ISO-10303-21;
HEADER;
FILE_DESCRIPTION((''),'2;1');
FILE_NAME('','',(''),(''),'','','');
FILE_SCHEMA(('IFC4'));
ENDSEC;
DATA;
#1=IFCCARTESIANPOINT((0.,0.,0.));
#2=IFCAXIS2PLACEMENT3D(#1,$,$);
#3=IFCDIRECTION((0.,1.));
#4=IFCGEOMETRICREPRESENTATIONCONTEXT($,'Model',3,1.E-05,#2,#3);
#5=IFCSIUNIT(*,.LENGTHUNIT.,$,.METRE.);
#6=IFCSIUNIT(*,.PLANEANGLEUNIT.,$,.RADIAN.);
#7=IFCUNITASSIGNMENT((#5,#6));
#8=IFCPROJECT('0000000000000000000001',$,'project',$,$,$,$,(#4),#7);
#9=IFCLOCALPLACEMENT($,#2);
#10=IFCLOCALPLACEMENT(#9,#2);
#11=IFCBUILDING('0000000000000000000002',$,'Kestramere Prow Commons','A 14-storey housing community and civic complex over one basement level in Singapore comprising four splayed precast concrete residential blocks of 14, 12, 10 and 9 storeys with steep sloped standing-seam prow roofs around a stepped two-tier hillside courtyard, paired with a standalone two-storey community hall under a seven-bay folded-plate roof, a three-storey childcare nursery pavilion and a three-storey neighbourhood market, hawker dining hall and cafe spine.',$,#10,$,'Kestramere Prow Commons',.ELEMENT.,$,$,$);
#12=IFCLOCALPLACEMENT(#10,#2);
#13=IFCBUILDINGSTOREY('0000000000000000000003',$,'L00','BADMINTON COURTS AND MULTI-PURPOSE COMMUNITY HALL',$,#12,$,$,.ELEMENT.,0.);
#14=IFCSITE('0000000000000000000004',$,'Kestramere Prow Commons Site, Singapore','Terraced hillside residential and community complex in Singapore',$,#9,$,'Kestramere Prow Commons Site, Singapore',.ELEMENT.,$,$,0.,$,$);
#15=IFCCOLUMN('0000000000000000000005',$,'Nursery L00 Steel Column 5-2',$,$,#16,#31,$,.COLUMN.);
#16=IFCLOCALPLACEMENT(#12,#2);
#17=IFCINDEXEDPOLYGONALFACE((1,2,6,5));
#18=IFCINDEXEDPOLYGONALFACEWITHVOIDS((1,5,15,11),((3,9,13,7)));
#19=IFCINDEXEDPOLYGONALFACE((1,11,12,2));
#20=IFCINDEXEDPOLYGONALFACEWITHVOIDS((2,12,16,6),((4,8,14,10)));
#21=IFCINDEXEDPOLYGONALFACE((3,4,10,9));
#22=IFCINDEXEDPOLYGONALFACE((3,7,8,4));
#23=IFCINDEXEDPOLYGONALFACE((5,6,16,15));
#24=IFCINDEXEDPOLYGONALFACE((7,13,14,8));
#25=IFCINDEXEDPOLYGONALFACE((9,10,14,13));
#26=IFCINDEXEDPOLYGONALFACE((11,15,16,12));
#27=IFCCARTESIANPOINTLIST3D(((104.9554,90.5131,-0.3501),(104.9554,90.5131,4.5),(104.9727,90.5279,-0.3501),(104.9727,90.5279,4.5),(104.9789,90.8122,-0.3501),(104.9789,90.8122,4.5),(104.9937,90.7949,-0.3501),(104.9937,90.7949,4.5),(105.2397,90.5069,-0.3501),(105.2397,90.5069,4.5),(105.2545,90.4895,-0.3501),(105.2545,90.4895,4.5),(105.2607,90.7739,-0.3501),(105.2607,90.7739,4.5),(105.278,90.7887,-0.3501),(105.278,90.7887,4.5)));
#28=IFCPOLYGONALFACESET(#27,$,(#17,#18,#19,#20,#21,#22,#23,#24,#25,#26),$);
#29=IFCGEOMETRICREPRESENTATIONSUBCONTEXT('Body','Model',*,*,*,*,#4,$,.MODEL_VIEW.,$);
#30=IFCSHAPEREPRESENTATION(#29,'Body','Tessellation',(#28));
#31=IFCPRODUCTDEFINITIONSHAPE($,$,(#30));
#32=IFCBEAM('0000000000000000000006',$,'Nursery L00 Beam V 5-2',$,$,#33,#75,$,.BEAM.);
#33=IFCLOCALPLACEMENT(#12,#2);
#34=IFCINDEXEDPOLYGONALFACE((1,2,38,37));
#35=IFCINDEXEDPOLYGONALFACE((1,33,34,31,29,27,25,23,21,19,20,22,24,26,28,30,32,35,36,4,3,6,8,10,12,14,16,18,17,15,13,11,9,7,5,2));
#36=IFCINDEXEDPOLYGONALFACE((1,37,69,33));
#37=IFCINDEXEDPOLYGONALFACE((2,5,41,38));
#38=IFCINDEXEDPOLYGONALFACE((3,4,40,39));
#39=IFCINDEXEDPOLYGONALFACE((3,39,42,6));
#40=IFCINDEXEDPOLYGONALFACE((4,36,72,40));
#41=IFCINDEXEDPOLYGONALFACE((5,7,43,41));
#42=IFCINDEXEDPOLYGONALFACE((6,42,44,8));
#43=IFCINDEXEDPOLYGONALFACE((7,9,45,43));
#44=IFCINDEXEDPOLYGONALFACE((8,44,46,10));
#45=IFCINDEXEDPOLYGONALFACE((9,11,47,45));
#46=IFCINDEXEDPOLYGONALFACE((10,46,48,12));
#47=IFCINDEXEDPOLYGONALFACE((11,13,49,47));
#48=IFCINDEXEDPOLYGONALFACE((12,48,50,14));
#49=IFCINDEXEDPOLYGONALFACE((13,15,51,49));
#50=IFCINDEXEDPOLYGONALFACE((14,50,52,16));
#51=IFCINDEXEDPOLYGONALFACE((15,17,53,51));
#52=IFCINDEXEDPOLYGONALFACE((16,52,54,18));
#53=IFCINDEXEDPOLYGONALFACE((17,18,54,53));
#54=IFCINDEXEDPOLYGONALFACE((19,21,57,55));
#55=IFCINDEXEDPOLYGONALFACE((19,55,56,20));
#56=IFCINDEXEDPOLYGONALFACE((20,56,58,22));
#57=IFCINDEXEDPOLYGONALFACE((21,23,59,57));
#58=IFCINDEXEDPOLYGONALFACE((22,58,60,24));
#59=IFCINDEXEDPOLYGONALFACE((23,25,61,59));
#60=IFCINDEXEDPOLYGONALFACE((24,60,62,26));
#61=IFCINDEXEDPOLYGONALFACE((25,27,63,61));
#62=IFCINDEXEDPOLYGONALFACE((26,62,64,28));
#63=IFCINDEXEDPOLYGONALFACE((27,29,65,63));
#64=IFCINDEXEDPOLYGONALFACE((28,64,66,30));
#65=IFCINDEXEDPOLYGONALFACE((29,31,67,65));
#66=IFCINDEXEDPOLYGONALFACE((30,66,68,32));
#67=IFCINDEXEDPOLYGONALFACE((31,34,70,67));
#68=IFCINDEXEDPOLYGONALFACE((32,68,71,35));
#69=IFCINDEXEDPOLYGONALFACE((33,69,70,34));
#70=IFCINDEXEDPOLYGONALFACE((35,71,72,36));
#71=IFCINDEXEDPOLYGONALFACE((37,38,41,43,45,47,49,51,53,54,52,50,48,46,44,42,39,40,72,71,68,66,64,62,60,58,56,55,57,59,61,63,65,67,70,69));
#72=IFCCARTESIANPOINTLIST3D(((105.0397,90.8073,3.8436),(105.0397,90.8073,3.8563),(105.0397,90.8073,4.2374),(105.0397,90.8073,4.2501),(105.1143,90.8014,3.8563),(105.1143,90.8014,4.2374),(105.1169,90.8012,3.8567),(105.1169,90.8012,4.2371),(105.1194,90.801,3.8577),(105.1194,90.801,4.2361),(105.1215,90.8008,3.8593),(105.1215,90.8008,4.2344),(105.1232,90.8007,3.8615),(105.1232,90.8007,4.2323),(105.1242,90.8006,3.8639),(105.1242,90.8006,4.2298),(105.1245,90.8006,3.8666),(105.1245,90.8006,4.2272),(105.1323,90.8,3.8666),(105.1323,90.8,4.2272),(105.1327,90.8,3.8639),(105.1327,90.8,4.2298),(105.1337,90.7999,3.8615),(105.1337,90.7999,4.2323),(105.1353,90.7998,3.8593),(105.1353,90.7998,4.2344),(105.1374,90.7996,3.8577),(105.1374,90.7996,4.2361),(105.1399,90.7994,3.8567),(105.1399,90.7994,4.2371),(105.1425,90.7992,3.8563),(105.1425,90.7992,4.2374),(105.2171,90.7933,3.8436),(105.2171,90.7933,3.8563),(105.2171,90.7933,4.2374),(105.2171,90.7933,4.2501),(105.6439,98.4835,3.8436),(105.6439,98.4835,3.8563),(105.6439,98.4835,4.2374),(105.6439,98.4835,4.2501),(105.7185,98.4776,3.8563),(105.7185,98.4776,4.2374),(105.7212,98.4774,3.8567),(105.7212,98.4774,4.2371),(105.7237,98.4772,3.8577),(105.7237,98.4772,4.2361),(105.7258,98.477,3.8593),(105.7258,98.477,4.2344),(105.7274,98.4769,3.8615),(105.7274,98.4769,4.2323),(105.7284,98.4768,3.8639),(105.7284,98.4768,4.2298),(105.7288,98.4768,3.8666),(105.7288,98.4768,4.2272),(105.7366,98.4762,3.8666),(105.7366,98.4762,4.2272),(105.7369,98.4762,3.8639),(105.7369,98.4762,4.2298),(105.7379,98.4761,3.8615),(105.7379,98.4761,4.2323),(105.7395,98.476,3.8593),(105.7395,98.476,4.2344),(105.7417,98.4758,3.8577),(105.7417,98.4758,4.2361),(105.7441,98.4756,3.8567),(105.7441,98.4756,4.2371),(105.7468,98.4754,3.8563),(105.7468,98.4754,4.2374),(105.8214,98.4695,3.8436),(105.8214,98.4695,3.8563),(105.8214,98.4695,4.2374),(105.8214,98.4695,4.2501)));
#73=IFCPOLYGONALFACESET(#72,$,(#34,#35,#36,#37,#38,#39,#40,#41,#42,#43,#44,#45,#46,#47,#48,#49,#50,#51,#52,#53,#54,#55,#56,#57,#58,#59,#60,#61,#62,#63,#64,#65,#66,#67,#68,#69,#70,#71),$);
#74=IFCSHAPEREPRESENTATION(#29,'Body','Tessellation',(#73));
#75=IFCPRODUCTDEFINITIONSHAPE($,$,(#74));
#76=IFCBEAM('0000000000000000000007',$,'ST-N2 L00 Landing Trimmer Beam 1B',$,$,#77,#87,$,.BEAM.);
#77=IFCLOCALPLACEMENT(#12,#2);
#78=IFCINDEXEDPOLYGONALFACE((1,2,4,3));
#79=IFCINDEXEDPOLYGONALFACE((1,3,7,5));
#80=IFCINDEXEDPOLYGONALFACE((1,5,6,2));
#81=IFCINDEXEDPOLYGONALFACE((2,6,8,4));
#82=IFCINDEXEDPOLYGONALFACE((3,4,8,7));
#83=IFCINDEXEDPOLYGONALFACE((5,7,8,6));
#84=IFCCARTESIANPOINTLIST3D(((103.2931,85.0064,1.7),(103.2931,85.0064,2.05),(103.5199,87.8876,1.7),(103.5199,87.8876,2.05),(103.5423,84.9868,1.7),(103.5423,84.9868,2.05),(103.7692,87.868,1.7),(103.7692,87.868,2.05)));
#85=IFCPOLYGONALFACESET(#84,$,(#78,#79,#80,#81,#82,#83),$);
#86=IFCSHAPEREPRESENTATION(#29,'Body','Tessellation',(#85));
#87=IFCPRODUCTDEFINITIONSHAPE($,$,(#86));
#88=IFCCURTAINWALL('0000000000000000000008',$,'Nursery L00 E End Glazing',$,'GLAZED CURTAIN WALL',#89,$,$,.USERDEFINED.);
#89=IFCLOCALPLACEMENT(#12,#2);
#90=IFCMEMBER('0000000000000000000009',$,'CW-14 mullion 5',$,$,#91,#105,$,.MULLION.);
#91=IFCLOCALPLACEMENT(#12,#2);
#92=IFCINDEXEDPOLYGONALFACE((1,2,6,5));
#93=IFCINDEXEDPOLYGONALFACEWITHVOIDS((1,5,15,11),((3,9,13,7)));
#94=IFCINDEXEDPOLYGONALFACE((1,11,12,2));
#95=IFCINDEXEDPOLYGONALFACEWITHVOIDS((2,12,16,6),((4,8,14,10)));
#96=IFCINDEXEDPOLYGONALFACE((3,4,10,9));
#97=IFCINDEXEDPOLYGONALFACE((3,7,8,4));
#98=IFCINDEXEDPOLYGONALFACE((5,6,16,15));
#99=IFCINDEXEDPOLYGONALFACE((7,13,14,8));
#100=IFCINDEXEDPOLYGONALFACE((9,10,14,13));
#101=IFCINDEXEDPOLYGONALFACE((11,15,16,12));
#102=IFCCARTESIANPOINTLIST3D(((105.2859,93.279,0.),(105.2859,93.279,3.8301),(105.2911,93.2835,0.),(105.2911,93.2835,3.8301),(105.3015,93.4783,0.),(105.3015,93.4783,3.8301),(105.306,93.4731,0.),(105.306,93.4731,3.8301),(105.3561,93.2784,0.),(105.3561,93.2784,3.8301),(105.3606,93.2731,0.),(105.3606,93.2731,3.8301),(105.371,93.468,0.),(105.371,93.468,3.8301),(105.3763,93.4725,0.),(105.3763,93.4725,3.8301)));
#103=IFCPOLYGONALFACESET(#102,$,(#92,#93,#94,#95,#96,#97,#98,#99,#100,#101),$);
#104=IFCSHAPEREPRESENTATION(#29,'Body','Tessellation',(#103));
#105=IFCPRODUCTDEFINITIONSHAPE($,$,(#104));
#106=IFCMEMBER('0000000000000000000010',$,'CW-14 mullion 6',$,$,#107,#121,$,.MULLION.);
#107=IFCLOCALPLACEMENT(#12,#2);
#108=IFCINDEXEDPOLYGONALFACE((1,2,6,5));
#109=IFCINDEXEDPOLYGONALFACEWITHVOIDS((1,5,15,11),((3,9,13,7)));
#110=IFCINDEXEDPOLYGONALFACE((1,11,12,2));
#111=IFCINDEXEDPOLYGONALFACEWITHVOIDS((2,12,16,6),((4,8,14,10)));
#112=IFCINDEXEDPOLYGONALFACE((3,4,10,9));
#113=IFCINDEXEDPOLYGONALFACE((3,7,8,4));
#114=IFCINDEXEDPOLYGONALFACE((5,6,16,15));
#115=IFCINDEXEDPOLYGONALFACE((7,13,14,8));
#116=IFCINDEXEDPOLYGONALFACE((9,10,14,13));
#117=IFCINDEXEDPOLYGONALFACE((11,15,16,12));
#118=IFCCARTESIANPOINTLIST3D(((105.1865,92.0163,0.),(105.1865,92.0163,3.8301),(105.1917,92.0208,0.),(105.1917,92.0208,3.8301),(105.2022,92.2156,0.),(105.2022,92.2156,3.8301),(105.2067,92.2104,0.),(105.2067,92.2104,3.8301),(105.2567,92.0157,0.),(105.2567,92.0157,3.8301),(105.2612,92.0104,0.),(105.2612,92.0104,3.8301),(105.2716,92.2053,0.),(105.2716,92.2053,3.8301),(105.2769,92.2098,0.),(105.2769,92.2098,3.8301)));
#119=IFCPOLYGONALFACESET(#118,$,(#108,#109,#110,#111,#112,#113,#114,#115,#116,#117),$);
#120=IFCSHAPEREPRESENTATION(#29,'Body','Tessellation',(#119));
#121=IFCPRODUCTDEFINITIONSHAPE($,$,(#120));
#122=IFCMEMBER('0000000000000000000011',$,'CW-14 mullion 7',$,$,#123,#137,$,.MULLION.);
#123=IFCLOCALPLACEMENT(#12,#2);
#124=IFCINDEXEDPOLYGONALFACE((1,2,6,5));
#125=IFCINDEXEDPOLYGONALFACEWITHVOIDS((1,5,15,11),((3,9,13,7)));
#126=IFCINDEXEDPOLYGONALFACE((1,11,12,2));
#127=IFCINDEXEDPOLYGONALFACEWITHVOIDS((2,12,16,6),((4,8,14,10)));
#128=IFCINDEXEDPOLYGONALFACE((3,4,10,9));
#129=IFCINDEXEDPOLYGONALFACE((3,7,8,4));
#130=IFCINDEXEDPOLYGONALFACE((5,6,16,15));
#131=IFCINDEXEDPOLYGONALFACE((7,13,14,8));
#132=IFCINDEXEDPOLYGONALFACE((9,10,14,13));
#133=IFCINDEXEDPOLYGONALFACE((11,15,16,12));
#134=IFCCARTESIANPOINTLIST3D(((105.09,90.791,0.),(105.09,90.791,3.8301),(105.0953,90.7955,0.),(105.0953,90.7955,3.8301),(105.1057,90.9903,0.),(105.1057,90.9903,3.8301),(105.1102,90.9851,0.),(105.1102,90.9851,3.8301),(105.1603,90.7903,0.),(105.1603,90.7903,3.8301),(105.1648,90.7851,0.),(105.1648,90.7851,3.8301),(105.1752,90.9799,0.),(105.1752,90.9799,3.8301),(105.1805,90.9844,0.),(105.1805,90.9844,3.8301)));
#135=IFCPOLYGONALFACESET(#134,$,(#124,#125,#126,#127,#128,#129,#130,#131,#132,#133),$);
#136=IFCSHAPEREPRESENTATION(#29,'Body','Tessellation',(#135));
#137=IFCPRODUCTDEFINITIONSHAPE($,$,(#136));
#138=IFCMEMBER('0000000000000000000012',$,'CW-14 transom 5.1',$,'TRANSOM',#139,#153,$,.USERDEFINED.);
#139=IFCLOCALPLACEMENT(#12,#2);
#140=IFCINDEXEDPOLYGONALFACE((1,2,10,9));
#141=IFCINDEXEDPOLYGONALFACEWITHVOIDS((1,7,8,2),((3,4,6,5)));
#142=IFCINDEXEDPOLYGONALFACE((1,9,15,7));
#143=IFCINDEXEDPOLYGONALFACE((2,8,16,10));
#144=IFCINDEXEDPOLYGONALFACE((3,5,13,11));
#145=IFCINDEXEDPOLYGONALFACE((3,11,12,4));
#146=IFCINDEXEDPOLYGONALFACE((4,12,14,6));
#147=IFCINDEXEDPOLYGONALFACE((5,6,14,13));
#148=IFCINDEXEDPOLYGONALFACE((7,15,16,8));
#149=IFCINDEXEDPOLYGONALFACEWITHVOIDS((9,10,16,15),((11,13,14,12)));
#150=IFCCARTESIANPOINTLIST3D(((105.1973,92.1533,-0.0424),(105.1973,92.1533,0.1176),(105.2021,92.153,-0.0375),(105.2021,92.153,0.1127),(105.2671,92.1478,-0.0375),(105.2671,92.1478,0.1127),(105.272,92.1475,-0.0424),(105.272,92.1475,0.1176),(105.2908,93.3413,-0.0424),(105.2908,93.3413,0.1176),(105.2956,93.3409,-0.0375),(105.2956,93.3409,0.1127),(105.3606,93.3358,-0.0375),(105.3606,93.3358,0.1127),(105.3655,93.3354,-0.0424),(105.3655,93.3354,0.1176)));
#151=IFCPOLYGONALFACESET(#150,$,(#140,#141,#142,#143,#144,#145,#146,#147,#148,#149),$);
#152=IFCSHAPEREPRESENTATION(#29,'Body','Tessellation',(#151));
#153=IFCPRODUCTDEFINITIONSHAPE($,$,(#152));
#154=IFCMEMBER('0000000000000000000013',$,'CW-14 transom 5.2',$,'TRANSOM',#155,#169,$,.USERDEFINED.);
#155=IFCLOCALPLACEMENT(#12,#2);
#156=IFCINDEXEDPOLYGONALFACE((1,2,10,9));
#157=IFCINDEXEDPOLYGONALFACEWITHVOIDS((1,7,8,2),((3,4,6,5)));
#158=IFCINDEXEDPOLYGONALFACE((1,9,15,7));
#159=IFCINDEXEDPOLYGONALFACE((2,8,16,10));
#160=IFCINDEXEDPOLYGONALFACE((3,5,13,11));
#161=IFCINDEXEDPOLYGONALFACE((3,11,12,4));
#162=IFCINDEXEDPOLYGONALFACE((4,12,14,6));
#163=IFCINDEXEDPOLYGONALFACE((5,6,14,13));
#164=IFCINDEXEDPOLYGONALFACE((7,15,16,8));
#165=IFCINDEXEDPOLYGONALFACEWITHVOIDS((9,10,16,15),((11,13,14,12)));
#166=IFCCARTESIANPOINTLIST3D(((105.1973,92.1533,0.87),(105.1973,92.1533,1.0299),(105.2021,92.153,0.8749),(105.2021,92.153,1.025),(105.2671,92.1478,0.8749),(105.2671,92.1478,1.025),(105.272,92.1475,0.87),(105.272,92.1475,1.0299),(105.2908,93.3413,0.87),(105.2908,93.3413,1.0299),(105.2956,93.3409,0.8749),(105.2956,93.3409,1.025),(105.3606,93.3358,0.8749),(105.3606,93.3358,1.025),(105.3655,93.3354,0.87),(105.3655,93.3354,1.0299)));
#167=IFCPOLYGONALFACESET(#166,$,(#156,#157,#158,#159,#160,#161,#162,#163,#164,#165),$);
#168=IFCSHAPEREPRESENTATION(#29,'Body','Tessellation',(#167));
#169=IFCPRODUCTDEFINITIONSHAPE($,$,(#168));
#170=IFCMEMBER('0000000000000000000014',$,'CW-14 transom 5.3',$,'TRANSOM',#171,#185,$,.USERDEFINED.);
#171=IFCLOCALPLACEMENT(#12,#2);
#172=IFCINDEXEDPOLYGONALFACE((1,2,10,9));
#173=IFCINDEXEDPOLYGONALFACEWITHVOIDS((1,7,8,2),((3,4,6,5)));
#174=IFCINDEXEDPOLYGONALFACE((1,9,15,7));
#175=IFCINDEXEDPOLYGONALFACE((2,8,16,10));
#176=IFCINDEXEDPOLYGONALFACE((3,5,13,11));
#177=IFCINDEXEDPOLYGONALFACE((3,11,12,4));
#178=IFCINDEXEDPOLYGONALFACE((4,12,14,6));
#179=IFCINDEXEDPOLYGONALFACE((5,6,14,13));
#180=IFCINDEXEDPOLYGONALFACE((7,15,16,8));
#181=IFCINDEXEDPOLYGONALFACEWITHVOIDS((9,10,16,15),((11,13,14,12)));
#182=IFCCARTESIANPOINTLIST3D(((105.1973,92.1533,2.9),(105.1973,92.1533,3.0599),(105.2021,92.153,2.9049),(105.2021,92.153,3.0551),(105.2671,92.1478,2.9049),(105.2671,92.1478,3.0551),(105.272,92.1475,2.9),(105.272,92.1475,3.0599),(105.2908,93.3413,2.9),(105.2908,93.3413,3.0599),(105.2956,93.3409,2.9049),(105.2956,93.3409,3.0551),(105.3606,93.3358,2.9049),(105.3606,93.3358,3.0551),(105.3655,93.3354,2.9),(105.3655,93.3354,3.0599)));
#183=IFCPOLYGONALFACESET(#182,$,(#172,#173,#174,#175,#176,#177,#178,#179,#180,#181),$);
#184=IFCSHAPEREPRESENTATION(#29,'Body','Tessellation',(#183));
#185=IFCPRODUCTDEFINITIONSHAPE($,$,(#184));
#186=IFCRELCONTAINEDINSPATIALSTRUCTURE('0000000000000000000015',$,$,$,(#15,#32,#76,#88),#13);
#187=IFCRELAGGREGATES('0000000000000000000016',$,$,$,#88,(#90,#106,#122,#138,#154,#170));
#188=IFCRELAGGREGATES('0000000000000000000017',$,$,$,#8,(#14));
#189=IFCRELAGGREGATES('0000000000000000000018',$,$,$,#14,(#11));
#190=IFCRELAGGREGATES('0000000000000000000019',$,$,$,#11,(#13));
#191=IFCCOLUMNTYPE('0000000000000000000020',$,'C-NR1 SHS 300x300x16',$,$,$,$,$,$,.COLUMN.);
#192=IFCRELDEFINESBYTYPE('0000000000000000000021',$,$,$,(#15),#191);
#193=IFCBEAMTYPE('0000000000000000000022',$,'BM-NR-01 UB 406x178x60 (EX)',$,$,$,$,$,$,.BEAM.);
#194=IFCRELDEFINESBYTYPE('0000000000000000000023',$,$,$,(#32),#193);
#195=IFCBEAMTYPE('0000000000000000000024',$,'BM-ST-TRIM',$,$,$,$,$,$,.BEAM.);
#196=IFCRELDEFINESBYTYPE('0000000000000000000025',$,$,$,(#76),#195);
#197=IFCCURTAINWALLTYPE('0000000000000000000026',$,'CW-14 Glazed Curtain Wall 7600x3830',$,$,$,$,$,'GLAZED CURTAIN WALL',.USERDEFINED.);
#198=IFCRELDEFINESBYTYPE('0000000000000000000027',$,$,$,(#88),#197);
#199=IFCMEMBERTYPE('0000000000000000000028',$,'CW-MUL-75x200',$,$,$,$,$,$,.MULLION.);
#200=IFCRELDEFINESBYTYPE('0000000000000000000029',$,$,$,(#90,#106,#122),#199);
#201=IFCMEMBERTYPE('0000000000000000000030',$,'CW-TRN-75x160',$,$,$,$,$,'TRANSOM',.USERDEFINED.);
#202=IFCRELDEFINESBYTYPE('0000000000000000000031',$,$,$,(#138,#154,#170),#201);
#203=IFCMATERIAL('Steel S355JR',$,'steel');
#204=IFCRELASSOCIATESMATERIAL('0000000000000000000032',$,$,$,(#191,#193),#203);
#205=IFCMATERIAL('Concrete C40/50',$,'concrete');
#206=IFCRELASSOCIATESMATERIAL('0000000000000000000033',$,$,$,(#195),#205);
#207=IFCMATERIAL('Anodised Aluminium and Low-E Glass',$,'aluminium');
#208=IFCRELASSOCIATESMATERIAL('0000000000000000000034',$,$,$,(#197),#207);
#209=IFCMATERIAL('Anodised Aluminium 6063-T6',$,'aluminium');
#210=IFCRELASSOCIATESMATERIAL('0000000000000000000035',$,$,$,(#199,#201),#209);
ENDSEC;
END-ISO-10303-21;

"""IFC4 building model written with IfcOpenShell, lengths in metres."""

from ifc_helpers import new_model, si_unit, direction, frame, origin, origin_2d, place, context, subcontext, project, spatial, rectangle, hollow_rectangle, i_section, extrude, material, material_profile, profile_set, type_object, element, aggregate, save


model = new_model("IFC4")

# Units and contexts
model_context = context("Model", 3, precision=1e-05, world=origin(), true_north=direction((0.0, 1.0)))
body_context = subcontext(model_context, "Body", "Model", "MODEL_VIEW")
ifc_project = project(units=[si_unit("LENGTHUNIT", "METRE"), si_unit("PLANEANGLEUNIT", "RADIAN")], contexts=[model_context])

# Site, building, storey
site_placement = place(None, origin())
site = spatial("IfcSite", under=ifc_project, at=site_placement, Name="Kestramere Prow Commons Site, Singapore", Description="Terraced hillside residential and community complex in Singapore", LongName="Kestramere Prow Commons Site, Singapore", CompositionType="ELEMENT", RefElevation=0.0)
building_placement = place(site_placement, origin())
building = spatial("IfcBuilding", under=site, at=building_placement, Name="Kestramere Prow Commons", Description="A 14-storey housing community and civic complex over one basement level in Singapore comprising four splayed precast concrete residential blocks of 14, 12, 10 and 9 storeys with steep sloped standing-seam prow roofs around a stepped two-tier hillside courtyard, paired with a standalone two-storey community hall under a seven-bay folded-plate roof, a three-storey childcare nursery pavilion and a three-storey neighbourhood market, hawker dining hall and cafe spine.", LongName="Kestramere Prow Commons", CompositionType="ELEMENT")
storey_placement = place(building_placement, origin())
storey = spatial("IfcBuildingStorey", under=building, at=storey_placement, Name="L00", Description="BADMINTON COURTS AND MULTI-PURPOSE COMMUNITY HALL", CompositionType="ELEMENT", Elevation=0.0)

# Column
ifc_material_1 = material(Name="Steel S355JR", Category="steel")
ifc_material_profile_1 = material_profile(ifc_material_1, hollow_rectangle(XDim=0.3, YDim=0.3, WallThickness=0.0161, at=origin_2d()), Name="SHS 300x300x16")
ifc_profile_set_1 = profile_set([ifc_material_profile_1], Name="Steel S355JR")
column_type_1 = type_object("IfcColumnType", Name="C-NR1 SHS 300x300x16", PredefinedType="COLUMN", material=ifc_profile_set_1)
column_1_placement = place(storey_placement, frame((105.1167, 90.6509, -0.3501), z_axis=(0.0, 0.0, 1.0), x_axis=(0.996917, -0.078459, 0.0)))
element("IfcColumn", 1, at=column_1_placement, inside=storey, type_object=column_type_1, Name="Nursery L00 Steel Column 5-2", PredefinedType="COLUMN", context=body_context, shape_type="SweptSolid", body=[
    extrude(hollow_rectangle(XDim=0.3, YDim=0.3, WallThickness=0.0161, at=origin_2d()), origin(), (0.0, 0.0, 1.0), 4.8501),
])

# Beams
ifc_material_profile_2 = material_profile(ifc_material_1, i_section(OverallWidth=0.178, OverallDepth=0.4065, WebThickness=0.0078, FlangeThickness=0.0127, FilletRadius=0.0103, at=origin_2d()), Name="UB 406x178x60")
ifc_profile_set_2 = profile_set([ifc_material_profile_2], Name="Steel S355JR")
beam_type_1 = type_object("IfcBeamType", Name="BM-NR-01 UB 406x178x60 (EX)", PredefinedType="BEAM", material=ifc_profile_set_2)
beam_1_placement = place(storey_placement, frame((105.1284, 90.8003, 4.0469), z_axis=(0.078474, 0.996916, 0.0), x_axis=(-0.996916, 0.078474, 0.0)))
element("IfcBeam", 2, at=beam_1_placement, inside=storey, type_object=beam_type_1, Name="Nursery L00 Beam V 5-2", PredefinedType="BEAM", context=body_context, shape_type="SweptSolid", body=[
    extrude(i_section(OverallWidth=0.178, OverallDepth=0.4065, WebThickness=0.0078, FlangeThickness=0.0127, FilletRadius=0.0103, at=origin_2d()), origin(), (0.0, 0.0, 1.0), 7.7),
])
ifc_material_2 = material(Name="Concrete C40/50", Category="concrete")
ifc_material_profile_3 = material_profile(ifc_material_2, rectangle(XDim=0.25, YDim=0.3501, at=origin_2d()), Name="PC-BM 250x350")
ifc_profile_set_3 = profile_set([ifc_material_profile_3], Name="Concrete C40/50")
beam_type_2 = type_object("IfcBeamType", Name="BM-ST-TRIM", PredefinedType="BEAM", material=ifc_profile_set_3)
beam_2_placement = place(storey_placement, frame((103.4177, 84.9966, 1.875), z_axis=(0.078479, 0.996916, 0.0), x_axis=(-0.996916, 0.078479, 0.0)))
element("IfcBeam", 3, at=beam_2_placement, inside=storey, type_object=beam_type_2, Name="ST-N2 L00 Landing Trimmer Beam 1B", PredefinedType="BEAM", context=body_context, shape_type="SweptSolid", body=[
    extrude(rectangle(XDim=0.25, YDim=0.3501, at=origin_2d()), origin(), (0.0, 0.0, 1.0), 2.8901),
])

# Curtain wall, members
ifc_material_3 = material(Name="Anodised Aluminium and Low-E Glass", Category="aluminium")
curtain_wall_type = type_object("IfcCurtainWallType", Name="CW-14 Glazed Curtain Wall 7600x3830", ElementType="GLAZED CURTAIN WALL", PredefinedType="USERDEFINED", material=ifc_material_3)
curtain_wall_placement = place(storey_placement, origin())
curtain_wall = element("IfcCurtainWall", 4, at=curtain_wall_placement, inside=storey, type_object=curtain_wall_type, Name="Nursery L00 E End Glazing", ObjectType="GLAZED CURTAIN WALL", PredefinedType="USERDEFINED")
ifc_material_4 = material(Name="Anodised Aluminium 6063-T6", Category="aluminium")
ifc_material_profile_4 = material_profile(ifc_material_4, hollow_rectangle(XDim=0.075, YDim=0.2, WallThickness=0.0049, at=origin_2d()), Name="ALU-MUL 75x200")
ifc_profile_set_4 = profile_set([ifc_material_profile_4], Name="Anodised Aluminium 6063-T6")
member_type_1 = type_object("IfcMemberType", Name="CW-MUL-75x200", PredefinedType="MULLION", material=ifc_profile_set_4)
member_1_placement = place(storey_placement, frame((105.3311, 93.3757, 0.0), z_axis=(0.0, 0.0, 1.0), x_axis=(0.996917, -0.078459, 0.0)))
member_1 = element("IfcMember", 5, at=member_1_placement, type_object=member_type_1, Name="CW-14 mullion 5", PredefinedType="MULLION", context=body_context, shape_type="SweptSolid", body=[
    extrude(hollow_rectangle(XDim=0.075, YDim=0.2, WallThickness=0.0049, at=origin_2d()), origin(), (0.0, 0.0, 1.0), 3.8301),
])
member_2_placement = place(storey_placement, frame((105.2317, 92.113, 0.0), z_axis=(0.0, 0.0, 1.0), x_axis=(0.996917, -0.078459, 0.0)))
member_2 = element("IfcMember", 6, at=member_2_placement, type_object=member_type_1, Name="CW-14 mullion 6", PredefinedType="MULLION", context=body_context, shape_type="SweptSolid", body=[
    extrude(hollow_rectangle(XDim=0.075, YDim=0.2, WallThickness=0.0049, at=origin_2d()), origin(), (0.0, 0.0, 1.0), 3.8301),
])
member_3_placement = place(storey_placement, frame((105.1353, 90.8877, 0.0), z_axis=(0.0, 0.0, 1.0), x_axis=(0.996917, -0.078459, 0.0)))
member_3 = element("IfcMember", 7, at=member_3_placement, type_object=member_type_1, Name="CW-14 mullion 7", PredefinedType="MULLION", context=body_context, shape_type="SweptSolid", body=[
    extrude(hollow_rectangle(XDim=0.075, YDim=0.2, WallThickness=0.0049, at=origin_2d()), origin(), (0.0, 0.0, 1.0), 3.8301),
])
ifc_material_profile_5 = material_profile(ifc_material_4, hollow_rectangle(XDim=0.075, YDim=0.1599, WallThickness=0.0049, at=origin_2d()), Name="ALU-TRN 75x160")
ifc_profile_set_5 = profile_set([ifc_material_profile_5], Name="Anodised Aluminium 6063-T6")
member_type_2 = type_object("IfcMemberType", Name="CW-TRN-75x160", ElementType="TRANSOM", PredefinedType="USERDEFINED", material=ifc_profile_set_5)
member_4_placement = place(storey_placement, frame((105.3281, 93.3384, 0.0376), z_axis=(-0.078467, -0.996917, 0.0), x_axis=(0.996917, -0.078467, 0.0)))
member_4 = element("IfcMember", 8, at=member_4_placement, type_object=member_type_2, Name="CW-14 transom 5.1", ObjectType="TRANSOM", PredefinedType="USERDEFINED", context=body_context, shape_type="SweptSolid", body=[
    extrude(hollow_rectangle(XDim=0.075, YDim=0.1599, WallThickness=0.0049, at=origin_2d()), origin(), (0.0, 0.0, 1.0), 1.1917),
])
member_5_placement = place(storey_placement, frame((105.3281, 93.3384, 0.95), z_axis=(-0.078467, -0.996917, 0.0), x_axis=(0.996917, -0.078467, 0.0)))
member_5 = element("IfcMember", 9, at=member_5_placement, type_object=member_type_2, Name="CW-14 transom 5.2", ObjectType="TRANSOM", PredefinedType="USERDEFINED", context=body_context, shape_type="SweptSolid", body=[
    extrude(hollow_rectangle(XDim=0.075, YDim=0.1599, WallThickness=0.0049, at=origin_2d()), origin(), (0.0, 0.0, 1.0), 1.1917),
])
member_6_placement = place(storey_placement, frame((105.3281, 93.3384, 2.98), z_axis=(-0.078467, -0.996917, 0.0), x_axis=(0.996917, -0.078467, 0.0)))
member_6 = element("IfcMember", 10, at=member_6_placement, type_object=member_type_2, Name="CW-14 transom 5.3", ObjectType="TRANSOM", PredefinedType="USERDEFINED", context=body_context, shape_type="SweptSolid", body=[
    extrude(hollow_rectangle(XDim=0.075, YDim=0.1599, WallThickness=0.0049, at=origin_2d()), origin(), (0.0, 0.0, 1.0), 1.1917),
])
aggregate(curtain_wall, [member_1, member_2, member_3, member_4, member_5, member_6])

save(model, "model.ifc")
